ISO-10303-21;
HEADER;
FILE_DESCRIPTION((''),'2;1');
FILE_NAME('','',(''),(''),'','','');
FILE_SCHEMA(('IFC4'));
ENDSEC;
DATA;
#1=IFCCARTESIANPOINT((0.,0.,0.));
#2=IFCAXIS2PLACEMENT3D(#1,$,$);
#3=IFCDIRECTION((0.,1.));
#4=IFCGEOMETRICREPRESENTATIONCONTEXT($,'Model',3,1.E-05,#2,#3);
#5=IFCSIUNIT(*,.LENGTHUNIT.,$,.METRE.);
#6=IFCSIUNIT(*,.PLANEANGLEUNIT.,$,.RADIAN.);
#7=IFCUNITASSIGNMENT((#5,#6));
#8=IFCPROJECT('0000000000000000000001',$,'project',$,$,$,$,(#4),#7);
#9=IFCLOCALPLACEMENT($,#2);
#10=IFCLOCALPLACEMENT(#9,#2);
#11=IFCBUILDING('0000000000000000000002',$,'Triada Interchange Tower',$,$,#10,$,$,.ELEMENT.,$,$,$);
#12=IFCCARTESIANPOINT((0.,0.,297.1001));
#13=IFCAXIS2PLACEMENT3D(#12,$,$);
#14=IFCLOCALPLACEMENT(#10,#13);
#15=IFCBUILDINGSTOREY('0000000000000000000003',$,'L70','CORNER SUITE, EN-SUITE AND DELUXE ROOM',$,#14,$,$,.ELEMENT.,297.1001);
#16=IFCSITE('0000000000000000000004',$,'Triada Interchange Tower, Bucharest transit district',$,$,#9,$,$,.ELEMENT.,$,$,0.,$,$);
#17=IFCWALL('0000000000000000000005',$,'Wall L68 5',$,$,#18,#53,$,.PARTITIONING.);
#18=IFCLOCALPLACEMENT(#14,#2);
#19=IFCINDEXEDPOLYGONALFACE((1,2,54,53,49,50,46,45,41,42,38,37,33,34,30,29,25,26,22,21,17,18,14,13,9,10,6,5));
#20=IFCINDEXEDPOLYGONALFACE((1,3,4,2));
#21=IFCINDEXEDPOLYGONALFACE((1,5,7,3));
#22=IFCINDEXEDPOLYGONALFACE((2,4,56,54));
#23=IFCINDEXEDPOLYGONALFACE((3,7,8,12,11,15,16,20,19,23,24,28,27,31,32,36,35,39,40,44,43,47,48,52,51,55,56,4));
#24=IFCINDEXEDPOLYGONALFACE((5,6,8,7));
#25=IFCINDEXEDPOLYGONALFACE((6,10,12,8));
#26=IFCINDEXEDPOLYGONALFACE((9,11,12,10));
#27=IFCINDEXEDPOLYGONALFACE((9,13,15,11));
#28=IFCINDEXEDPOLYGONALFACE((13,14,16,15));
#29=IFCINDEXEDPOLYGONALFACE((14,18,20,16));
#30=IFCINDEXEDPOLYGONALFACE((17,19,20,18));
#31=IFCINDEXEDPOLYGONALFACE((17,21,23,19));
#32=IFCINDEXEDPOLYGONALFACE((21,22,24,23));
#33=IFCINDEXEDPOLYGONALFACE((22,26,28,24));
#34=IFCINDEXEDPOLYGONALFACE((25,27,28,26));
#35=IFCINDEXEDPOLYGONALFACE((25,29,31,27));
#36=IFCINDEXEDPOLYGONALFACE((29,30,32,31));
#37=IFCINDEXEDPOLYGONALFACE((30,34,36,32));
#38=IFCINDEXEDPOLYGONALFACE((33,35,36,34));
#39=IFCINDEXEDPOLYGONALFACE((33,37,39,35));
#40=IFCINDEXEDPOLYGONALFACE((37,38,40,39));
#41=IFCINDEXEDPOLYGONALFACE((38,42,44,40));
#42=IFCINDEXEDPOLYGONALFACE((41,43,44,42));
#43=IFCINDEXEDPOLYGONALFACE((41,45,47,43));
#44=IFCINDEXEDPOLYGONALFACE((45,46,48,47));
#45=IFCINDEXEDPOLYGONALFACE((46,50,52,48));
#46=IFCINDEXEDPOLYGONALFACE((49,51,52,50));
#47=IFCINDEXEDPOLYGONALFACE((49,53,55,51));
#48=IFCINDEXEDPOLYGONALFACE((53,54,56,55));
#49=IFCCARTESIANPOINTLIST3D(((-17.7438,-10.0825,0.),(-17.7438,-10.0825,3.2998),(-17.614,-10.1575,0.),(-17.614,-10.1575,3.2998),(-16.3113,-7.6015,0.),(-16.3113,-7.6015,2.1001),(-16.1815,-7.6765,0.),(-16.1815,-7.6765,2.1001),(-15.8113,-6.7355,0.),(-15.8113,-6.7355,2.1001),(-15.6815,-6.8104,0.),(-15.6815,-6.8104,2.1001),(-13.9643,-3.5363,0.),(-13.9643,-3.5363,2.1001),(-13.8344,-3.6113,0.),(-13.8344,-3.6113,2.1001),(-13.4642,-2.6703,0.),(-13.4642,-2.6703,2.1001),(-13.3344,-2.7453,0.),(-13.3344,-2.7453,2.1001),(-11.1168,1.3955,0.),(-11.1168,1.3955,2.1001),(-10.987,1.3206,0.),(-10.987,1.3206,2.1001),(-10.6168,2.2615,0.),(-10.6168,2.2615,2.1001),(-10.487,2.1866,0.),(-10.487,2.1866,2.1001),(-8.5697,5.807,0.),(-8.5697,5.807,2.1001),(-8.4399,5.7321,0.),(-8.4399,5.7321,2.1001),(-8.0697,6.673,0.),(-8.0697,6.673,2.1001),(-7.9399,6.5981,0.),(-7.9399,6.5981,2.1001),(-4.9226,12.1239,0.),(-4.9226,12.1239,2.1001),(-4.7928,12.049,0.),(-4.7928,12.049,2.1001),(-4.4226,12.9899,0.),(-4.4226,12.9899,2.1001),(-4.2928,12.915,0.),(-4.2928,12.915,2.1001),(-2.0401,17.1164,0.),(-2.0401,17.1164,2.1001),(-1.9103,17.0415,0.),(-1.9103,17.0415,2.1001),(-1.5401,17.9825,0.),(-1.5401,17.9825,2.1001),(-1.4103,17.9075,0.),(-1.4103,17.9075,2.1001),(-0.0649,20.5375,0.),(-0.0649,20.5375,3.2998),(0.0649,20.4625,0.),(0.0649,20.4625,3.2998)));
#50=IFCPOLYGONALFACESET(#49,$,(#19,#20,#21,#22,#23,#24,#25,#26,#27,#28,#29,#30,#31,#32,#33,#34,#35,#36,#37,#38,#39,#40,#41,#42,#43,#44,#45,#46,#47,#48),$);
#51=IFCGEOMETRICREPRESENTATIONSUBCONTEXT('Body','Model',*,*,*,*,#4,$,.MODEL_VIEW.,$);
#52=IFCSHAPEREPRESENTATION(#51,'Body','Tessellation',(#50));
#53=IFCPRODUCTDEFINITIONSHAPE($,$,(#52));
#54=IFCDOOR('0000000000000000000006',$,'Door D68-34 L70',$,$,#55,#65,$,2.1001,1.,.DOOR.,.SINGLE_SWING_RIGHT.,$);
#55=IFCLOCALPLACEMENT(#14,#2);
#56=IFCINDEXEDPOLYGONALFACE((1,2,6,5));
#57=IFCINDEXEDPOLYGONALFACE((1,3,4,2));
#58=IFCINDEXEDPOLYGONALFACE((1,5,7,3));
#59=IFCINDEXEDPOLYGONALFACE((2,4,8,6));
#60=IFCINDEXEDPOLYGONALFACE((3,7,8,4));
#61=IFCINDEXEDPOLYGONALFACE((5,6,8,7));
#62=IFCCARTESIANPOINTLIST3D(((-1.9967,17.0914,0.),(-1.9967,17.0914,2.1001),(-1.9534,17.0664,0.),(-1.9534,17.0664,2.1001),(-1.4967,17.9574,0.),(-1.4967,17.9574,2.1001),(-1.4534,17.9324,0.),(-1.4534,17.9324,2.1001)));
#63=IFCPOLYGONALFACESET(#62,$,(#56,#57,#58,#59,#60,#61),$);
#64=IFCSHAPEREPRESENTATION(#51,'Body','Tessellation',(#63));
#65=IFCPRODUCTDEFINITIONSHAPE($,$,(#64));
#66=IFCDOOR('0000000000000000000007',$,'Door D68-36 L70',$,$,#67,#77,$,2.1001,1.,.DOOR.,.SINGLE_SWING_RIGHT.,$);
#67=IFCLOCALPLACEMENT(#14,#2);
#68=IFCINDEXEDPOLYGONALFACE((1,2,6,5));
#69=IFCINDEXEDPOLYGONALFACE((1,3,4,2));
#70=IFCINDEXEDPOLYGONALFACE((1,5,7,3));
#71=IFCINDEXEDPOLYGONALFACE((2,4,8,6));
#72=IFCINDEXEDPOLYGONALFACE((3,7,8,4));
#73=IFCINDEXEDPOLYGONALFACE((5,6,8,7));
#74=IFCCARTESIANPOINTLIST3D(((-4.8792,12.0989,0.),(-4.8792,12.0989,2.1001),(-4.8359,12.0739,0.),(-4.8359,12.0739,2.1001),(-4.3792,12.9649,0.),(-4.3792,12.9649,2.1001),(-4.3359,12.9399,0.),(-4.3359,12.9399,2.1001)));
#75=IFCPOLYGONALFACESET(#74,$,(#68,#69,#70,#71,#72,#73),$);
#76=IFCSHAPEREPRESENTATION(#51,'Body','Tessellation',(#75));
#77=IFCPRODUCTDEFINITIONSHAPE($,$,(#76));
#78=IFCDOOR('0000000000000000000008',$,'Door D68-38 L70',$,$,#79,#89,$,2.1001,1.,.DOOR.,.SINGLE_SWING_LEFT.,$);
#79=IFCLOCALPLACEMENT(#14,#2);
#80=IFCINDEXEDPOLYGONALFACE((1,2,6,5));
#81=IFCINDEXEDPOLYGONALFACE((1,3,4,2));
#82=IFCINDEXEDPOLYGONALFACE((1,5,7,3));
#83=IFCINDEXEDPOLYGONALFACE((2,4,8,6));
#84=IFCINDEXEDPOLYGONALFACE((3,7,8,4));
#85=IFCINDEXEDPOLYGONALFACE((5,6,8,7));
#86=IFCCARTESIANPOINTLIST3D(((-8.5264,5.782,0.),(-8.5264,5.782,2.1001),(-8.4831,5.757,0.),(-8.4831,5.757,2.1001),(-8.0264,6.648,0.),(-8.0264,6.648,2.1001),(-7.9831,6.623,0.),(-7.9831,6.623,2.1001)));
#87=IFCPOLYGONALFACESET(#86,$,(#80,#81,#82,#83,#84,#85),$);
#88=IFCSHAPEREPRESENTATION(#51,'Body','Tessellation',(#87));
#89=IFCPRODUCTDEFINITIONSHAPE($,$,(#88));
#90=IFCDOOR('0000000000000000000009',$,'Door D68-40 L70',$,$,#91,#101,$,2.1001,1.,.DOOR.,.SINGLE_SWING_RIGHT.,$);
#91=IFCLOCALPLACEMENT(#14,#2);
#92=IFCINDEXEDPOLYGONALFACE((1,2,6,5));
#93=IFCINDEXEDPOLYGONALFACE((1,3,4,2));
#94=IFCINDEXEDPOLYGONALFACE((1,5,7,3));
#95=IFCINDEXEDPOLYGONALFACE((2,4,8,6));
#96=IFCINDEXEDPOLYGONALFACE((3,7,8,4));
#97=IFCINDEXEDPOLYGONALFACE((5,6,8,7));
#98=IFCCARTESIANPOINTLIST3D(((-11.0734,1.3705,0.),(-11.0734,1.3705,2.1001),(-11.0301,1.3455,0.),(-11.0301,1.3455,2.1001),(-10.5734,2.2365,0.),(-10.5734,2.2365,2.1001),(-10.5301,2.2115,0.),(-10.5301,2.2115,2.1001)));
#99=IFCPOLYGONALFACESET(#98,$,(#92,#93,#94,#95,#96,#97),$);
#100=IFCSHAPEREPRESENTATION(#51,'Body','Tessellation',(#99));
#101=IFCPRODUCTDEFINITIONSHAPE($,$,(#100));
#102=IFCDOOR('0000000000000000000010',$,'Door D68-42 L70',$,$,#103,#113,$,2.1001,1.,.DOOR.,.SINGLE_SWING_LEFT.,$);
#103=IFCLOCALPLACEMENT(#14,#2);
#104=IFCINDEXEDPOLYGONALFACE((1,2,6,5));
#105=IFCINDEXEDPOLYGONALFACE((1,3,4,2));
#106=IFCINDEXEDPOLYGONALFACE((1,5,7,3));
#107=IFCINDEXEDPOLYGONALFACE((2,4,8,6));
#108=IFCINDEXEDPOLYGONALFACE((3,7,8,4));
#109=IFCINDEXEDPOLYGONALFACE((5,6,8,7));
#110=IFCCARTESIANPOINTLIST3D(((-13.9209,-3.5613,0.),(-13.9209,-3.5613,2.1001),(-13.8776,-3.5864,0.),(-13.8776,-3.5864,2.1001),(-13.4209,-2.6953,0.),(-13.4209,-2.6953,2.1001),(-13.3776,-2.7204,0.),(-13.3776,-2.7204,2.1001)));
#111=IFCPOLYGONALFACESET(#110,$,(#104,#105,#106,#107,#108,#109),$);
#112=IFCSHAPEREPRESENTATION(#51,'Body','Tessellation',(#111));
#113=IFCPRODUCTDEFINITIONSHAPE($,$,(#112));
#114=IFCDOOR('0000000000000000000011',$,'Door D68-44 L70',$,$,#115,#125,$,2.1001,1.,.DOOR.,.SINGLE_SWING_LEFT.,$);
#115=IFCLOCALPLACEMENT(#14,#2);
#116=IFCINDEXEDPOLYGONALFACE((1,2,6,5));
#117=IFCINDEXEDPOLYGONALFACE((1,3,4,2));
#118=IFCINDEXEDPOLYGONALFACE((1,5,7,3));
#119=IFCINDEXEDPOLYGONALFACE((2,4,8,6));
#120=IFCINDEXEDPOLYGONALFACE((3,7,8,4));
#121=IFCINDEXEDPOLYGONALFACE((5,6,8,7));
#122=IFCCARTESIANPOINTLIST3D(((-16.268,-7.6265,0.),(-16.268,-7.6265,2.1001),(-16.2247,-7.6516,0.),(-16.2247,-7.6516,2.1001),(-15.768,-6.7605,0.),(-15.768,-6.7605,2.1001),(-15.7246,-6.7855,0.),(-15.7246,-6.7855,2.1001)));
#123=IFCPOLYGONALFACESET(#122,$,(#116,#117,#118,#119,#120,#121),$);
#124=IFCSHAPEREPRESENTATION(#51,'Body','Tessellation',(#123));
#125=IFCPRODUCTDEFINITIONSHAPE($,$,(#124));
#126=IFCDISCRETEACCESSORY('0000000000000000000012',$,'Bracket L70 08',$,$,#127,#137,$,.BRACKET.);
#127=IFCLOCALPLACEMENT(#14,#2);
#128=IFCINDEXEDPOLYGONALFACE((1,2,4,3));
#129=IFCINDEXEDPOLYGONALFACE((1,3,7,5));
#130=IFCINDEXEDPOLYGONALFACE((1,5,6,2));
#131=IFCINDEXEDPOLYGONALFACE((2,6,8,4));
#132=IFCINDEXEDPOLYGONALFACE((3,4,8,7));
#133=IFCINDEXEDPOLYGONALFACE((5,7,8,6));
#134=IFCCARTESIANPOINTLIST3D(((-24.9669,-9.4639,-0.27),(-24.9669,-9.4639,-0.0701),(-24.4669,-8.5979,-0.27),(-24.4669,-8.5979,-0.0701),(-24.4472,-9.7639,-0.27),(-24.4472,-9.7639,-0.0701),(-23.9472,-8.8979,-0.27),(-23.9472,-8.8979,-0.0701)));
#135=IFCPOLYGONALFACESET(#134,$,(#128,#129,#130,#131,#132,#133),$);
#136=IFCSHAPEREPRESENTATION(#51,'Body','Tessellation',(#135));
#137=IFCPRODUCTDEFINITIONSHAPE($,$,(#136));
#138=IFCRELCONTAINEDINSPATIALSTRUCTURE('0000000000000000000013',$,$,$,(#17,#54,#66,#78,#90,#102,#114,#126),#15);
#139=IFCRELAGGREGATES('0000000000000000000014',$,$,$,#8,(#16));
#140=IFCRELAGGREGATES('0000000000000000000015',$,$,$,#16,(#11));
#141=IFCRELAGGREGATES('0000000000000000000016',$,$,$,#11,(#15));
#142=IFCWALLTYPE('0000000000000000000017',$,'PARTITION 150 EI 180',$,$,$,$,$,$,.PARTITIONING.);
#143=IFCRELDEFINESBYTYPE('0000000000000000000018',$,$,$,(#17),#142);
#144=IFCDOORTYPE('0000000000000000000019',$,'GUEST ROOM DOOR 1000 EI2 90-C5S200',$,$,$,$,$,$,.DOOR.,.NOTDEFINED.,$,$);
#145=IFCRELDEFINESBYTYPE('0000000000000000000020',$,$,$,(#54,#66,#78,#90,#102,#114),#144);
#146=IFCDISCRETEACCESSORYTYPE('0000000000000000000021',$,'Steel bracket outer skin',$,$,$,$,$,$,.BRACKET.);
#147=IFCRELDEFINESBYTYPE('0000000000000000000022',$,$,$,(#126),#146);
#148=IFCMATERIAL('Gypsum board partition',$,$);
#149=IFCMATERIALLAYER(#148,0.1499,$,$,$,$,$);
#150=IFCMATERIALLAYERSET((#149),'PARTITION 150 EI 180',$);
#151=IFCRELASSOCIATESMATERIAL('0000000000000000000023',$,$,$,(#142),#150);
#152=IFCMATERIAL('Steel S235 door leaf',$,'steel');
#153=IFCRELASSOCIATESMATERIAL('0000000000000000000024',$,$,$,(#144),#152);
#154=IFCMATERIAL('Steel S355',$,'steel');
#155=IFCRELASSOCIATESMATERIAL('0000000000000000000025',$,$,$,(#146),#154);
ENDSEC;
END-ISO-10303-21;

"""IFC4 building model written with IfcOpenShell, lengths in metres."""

from ifc_helpers import new_model, si_unit, direction, frame, frame_2d, origin, origin_2d, place, context, subcontext, project, spatial, rectangle, extrude, material, layer, layer_set, type_object, element, fill, save


model = new_model("IFC4")

# Units and contexts
model_context = context("Model", 3, precision=1e-05, world=origin(), true_north=direction((0.0, 1.0)))
body_context = subcontext(model_context, "Body", "Model", "MODEL_VIEW")
ifc_project = project(units=[si_unit("LENGTHUNIT", "METRE"), si_unit("PLANEANGLEUNIT", "RADIAN")], contexts=[model_context])

# Site, building, storey
site_placement = place(None, origin())
site = spatial("IfcSite", under=ifc_project, at=site_placement, Name="Triada Interchange Tower, Bucharest transit district", CompositionType="ELEMENT", RefElevation=0.0)
building_placement = place(site_placement, origin())
building = spatial("IfcBuilding", under=site, at=building_placement, Name="Triada Interchange Tower", CompositionType="ELEMENT")
storey_placement = place(building_placement, frame((0.0, 0.0, 297.1001)))
storey = spatial("IfcBuildingStorey", under=building, at=storey_placement, Name="L70", Description="CORNER SUITE, EN-SUITE AND DELUXE ROOM", CompositionType="ELEMENT", Elevation=297.1001)

# Wall, openings, doors
ifc_material_1 = material(Name="Gypsum board partition")
ifc_layer = layer(ifc_material_1, 0.1499)
ifc_layer_set = layer_set([ifc_layer], Name="PARTITION 150 EI 180")
wall_type = type_object("IfcWallType", Name="PARTITION 150 EI 180", PredefinedType="PARTITIONING", material=ifc_layer_set)
ifc_material_2 = material(Name="Steel S235 door leaf", Category="steel")
door_type_1 = type_object("IfcDoorType", Name="GUEST ROOM DOOR 1000 EI2 90-C5S200", OperationType="NOTDEFINED", PredefinedType="DOOR", material=ifc_material_2)
wall_1_placement = place(storey_placement, frame((-17.679, -10.1201, 0.0), z_axis=(0.0, 0.0, 1.0), x_axis=(0.500009, 0.86602, 0.0)))
wall_1 = element("IfcWall", 1, at=wall_1_placement, inside=storey, type_object=wall_type, Name="Wall L68 5", PredefinedType="PARTITIONING", context=body_context, shape_type="SweptSolid", body=[
    extrude(rectangle(XDim=35.3572, YDim=0.1499, at=frame_2d((17.6787, 0.0))), origin(), (0.0, 0.0, 1.0), 3.2998),
])
opening_1_placement = place(wall_1_placement, frame((31.407, 0.0, 0.0)))
opening_1 = element("IfcOpeningElement", 2, at=opening_1_placement, cuts=wall_1, PredefinedType="OPENING", context=body_context, shape_type="SweptSolid", body=[
    extrude(rectangle(XDim=1.0, YDim=2.1001, at=frame_2d((0.5, 1.05))), frame((0.0, 0.085, 0.0), z_axis=(0.0, -1.0, 0.0), x_axis=(1.0, 0.0, 0.0)), (0.0, 0.0, 1.0), 0.1699),
])
opening_2_placement = place(wall_1_placement, frame((25.6421, 0.0, 0.0)))
opening_2 = element("IfcOpeningElement", 3, at=opening_2_placement, cuts=wall_1, PredefinedType="OPENING", context=body_context, shape_type="SweptSolid", body=[
    extrude(rectangle(XDim=1.0, YDim=2.1001, at=frame_2d((0.5, 1.05))), frame((0.0, 0.085, 0.0), z_axis=(0.0, -1.0, 0.0), x_axis=(1.0, 0.0, 0.0)), (0.0, 0.0, 1.0), 0.1699),
])
opening_3_placement = place(wall_1_placement, frame((18.3479, 0.0, 0.0)))
opening_3 = element("IfcOpeningElement", 4, at=opening_3_placement, cuts=wall_1, PredefinedType="OPENING", context=body_context, shape_type="SweptSolid", body=[
    extrude(rectangle(XDim=1.0, YDim=2.1001, at=frame_2d((0.5, 1.05))), frame((0.0, 0.085, 0.0), z_axis=(0.0, -1.0, 0.0), x_axis=(1.0, 0.0, 0.0)), (0.0, 0.0, 1.0), 0.1699),
])
opening_4_placement = place(wall_1_placement, frame((13.2539, 0.0, 0.0)))
opening_4 = element("IfcOpeningElement", 5, at=opening_4_placement, cuts=wall_1, PredefinedType="OPENING", context=body_context, shape_type="SweptSolid", body=[
    extrude(rectangle(XDim=1.0, YDim=2.1001, at=frame_2d((0.5, 1.05))), frame((0.0, 0.085, 0.0), z_axis=(0.0, -1.0, 0.0), x_axis=(1.0, 0.0, 0.0)), (0.0, 0.0, 1.0), 0.1699),
])
opening_5_placement = place(wall_1_placement, frame((7.5591, 0.0, 0.0)))
opening_5 = element("IfcOpeningElement", 6, at=opening_5_placement, cuts=wall_1, PredefinedType="OPENING", context=body_context, shape_type="SweptSolid", body=[
    extrude(rectangle(XDim=1.0, YDim=2.1001, at=frame_2d((0.5, 1.05))), frame((0.0, 0.085, 0.0), z_axis=(0.0, -1.0, 0.0), x_axis=(1.0, 0.0, 0.0)), (0.0, 0.0, 1.0), 0.1699),
])
opening_6_placement = place(wall_1_placement, frame((2.865, 0.0, 0.0)))
opening_6 = element("IfcOpeningElement", 7, at=opening_6_placement, cuts=wall_1, PredefinedType="OPENING", context=body_context, shape_type="SweptSolid", body=[
    extrude(rectangle(XDim=1.0, YDim=2.1001, at=frame_2d((0.5, 1.05))), frame((0.0, 0.085, 0.0), z_axis=(0.0, -1.0, 0.0), x_axis=(1.0, 0.0, 0.0)), (0.0, 0.0, 1.0), 0.1699),
])
door_1_placement = place(opening_1_placement, origin())
door_1 = element("IfcDoor", 8, at=door_1_placement, inside=storey, type_object=door_type_1, Name="Door D68-34 L70", OperationType="SINGLE_SWING_RIGHT", OverallHeight=2.1001, OverallWidth=1.0, PredefinedType="DOOR", context=body_context, shape_type="SweptSolid", body=[
    extrude(rectangle(XDim=1.0, YDim=2.1001, at=frame_2d((0.5, 1.05))), frame((0.0, 0.0249, 0.0), z_axis=(0.0, -1.0, 0.0), x_axis=(1.0, 0.0, 0.0)), (0.0, 0.0, 1.0), 0.05),
])
fill(opening_1, door_1)
door_2_placement = place(opening_2_placement, origin())
door_2 = element("IfcDoor", 9, at=door_2_placement, inside=storey, type_object=door_type_1, Name="Door D68-36 L70", OperationType="SINGLE_SWING_RIGHT", OverallHeight=2.1001, OverallWidth=1.0, PredefinedType="DOOR", context=body_context, shape_type="SweptSolid", body=[
    extrude(rectangle(XDim=1.0, YDim=2.1001, at=frame_2d((0.5, 1.05))), frame((0.0, 0.0249, 0.0), z_axis=(0.0, -1.0, 0.0), x_axis=(1.0, 0.0, 0.0)), (0.0, 0.0, 1.0), 0.05),
])
fill(opening_2, door_2)
door_3_placement = place(opening_3_placement, origin())
door_3 = element("IfcDoor", 10, at=door_3_placement, inside=storey, type_object=door_type_1, Name="Door D68-38 L70", OperationType="SINGLE_SWING_LEFT", OverallHeight=2.1001, OverallWidth=1.0, PredefinedType="DOOR", context=body_context, shape_type="SweptSolid", body=[
    extrude(rectangle(XDim=1.0, YDim=2.1001, at=frame_2d((0.5, 1.05))), frame((0.0, 0.0249, 0.0), z_axis=(0.0, -1.0, 0.0), x_axis=(1.0, 0.0, 0.0)), (0.0, 0.0, 1.0), 0.05),
])
fill(opening_3, door_3)
door_4_placement = place(opening_4_placement, origin())
door_4 = element("IfcDoor", 11, at=door_4_placement, inside=storey, type_object=door_type_1, Name="Door D68-40 L70", OperationType="SINGLE_SWING_RIGHT", OverallHeight=2.1001, OverallWidth=1.0, PredefinedType="DOOR", context=body_context, shape_type="SweptSolid", body=[
    extrude(rectangle(XDim=1.0, YDim=2.1001, at=frame_2d((0.5, 1.05))), frame((0.0, 0.0249, 0.0), z_axis=(0.0, -1.0, 0.0), x_axis=(1.0, 0.0, 0.0)), (0.0, 0.0, 1.0), 0.05),
])
fill(opening_4, door_4)
door_5_placement = place(opening_5_placement, origin())
door_5 = element("IfcDoor", 12, at=door_5_placement, inside=storey, type_object=door_type_1, Name="Door D68-42 L70", OperationType="SINGLE_SWING_LEFT", OverallHeight=2.1001, OverallWidth=1.0, PredefinedType="DOOR", context=body_context, shape_type="SweptSolid", body=[
    extrude(rectangle(XDim=1.0, YDim=2.1001, at=frame_2d((0.5, 1.05))), frame((0.0, 0.0249, 0.0), z_axis=(0.0, -1.0, 0.0), x_axis=(1.0, 0.0, 0.0)), (0.0, 0.0, 1.0), 0.05),
])
fill(opening_5, door_5)
door_6_placement = place(opening_6_placement, origin())
door_6 = element("IfcDoor", 13, at=door_6_placement, inside=storey, type_object=door_type_1, Name="Door D68-44 L70", OperationType="SINGLE_SWING_LEFT", OverallHeight=2.1001, OverallWidth=1.0, PredefinedType="DOOR", context=body_context, shape_type="SweptSolid", body=[
    extrude(rectangle(XDim=1.0, YDim=2.1001, at=frame_2d((0.5, 1.05))), frame((0.0, 0.0249, 0.0), z_axis=(0.0, -1.0, 0.0), x_axis=(1.0, 0.0, 0.0)), (0.0, 0.0, 1.0), 0.05),
])
fill(opening_6, door_6)

# Discrete accessory
ifc_material_3 = material(Name="Steel S355", Category="steel")
discrete_accessory_type = type_object("IfcDiscreteAccessoryType", Name="Steel bracket outer skin", PredefinedType="BRACKET", material=ifc_material_3)
discrete_accessory_placement = place(storey_placement, frame((-24.457, -9.1809, -0.27), z_axis=(0.0, 0.0, 1.0), x_axis=(-0.866023, 0.500004, 0.0)))
element("IfcDiscreteAccessory", 14, at=discrete_accessory_placement, inside=storey, type_object=discrete_accessory_type, Name="Bracket L70 08", PredefinedType="BRACKET", context=body_context, shape_type="SweptSolid", body=[
    extrude(rectangle(XDim=0.6001, YDim=1.0, at=origin_2d()), origin(), (0.0, 0.0, 1.0), 0.2),
])

save(model, "model.ifc")
